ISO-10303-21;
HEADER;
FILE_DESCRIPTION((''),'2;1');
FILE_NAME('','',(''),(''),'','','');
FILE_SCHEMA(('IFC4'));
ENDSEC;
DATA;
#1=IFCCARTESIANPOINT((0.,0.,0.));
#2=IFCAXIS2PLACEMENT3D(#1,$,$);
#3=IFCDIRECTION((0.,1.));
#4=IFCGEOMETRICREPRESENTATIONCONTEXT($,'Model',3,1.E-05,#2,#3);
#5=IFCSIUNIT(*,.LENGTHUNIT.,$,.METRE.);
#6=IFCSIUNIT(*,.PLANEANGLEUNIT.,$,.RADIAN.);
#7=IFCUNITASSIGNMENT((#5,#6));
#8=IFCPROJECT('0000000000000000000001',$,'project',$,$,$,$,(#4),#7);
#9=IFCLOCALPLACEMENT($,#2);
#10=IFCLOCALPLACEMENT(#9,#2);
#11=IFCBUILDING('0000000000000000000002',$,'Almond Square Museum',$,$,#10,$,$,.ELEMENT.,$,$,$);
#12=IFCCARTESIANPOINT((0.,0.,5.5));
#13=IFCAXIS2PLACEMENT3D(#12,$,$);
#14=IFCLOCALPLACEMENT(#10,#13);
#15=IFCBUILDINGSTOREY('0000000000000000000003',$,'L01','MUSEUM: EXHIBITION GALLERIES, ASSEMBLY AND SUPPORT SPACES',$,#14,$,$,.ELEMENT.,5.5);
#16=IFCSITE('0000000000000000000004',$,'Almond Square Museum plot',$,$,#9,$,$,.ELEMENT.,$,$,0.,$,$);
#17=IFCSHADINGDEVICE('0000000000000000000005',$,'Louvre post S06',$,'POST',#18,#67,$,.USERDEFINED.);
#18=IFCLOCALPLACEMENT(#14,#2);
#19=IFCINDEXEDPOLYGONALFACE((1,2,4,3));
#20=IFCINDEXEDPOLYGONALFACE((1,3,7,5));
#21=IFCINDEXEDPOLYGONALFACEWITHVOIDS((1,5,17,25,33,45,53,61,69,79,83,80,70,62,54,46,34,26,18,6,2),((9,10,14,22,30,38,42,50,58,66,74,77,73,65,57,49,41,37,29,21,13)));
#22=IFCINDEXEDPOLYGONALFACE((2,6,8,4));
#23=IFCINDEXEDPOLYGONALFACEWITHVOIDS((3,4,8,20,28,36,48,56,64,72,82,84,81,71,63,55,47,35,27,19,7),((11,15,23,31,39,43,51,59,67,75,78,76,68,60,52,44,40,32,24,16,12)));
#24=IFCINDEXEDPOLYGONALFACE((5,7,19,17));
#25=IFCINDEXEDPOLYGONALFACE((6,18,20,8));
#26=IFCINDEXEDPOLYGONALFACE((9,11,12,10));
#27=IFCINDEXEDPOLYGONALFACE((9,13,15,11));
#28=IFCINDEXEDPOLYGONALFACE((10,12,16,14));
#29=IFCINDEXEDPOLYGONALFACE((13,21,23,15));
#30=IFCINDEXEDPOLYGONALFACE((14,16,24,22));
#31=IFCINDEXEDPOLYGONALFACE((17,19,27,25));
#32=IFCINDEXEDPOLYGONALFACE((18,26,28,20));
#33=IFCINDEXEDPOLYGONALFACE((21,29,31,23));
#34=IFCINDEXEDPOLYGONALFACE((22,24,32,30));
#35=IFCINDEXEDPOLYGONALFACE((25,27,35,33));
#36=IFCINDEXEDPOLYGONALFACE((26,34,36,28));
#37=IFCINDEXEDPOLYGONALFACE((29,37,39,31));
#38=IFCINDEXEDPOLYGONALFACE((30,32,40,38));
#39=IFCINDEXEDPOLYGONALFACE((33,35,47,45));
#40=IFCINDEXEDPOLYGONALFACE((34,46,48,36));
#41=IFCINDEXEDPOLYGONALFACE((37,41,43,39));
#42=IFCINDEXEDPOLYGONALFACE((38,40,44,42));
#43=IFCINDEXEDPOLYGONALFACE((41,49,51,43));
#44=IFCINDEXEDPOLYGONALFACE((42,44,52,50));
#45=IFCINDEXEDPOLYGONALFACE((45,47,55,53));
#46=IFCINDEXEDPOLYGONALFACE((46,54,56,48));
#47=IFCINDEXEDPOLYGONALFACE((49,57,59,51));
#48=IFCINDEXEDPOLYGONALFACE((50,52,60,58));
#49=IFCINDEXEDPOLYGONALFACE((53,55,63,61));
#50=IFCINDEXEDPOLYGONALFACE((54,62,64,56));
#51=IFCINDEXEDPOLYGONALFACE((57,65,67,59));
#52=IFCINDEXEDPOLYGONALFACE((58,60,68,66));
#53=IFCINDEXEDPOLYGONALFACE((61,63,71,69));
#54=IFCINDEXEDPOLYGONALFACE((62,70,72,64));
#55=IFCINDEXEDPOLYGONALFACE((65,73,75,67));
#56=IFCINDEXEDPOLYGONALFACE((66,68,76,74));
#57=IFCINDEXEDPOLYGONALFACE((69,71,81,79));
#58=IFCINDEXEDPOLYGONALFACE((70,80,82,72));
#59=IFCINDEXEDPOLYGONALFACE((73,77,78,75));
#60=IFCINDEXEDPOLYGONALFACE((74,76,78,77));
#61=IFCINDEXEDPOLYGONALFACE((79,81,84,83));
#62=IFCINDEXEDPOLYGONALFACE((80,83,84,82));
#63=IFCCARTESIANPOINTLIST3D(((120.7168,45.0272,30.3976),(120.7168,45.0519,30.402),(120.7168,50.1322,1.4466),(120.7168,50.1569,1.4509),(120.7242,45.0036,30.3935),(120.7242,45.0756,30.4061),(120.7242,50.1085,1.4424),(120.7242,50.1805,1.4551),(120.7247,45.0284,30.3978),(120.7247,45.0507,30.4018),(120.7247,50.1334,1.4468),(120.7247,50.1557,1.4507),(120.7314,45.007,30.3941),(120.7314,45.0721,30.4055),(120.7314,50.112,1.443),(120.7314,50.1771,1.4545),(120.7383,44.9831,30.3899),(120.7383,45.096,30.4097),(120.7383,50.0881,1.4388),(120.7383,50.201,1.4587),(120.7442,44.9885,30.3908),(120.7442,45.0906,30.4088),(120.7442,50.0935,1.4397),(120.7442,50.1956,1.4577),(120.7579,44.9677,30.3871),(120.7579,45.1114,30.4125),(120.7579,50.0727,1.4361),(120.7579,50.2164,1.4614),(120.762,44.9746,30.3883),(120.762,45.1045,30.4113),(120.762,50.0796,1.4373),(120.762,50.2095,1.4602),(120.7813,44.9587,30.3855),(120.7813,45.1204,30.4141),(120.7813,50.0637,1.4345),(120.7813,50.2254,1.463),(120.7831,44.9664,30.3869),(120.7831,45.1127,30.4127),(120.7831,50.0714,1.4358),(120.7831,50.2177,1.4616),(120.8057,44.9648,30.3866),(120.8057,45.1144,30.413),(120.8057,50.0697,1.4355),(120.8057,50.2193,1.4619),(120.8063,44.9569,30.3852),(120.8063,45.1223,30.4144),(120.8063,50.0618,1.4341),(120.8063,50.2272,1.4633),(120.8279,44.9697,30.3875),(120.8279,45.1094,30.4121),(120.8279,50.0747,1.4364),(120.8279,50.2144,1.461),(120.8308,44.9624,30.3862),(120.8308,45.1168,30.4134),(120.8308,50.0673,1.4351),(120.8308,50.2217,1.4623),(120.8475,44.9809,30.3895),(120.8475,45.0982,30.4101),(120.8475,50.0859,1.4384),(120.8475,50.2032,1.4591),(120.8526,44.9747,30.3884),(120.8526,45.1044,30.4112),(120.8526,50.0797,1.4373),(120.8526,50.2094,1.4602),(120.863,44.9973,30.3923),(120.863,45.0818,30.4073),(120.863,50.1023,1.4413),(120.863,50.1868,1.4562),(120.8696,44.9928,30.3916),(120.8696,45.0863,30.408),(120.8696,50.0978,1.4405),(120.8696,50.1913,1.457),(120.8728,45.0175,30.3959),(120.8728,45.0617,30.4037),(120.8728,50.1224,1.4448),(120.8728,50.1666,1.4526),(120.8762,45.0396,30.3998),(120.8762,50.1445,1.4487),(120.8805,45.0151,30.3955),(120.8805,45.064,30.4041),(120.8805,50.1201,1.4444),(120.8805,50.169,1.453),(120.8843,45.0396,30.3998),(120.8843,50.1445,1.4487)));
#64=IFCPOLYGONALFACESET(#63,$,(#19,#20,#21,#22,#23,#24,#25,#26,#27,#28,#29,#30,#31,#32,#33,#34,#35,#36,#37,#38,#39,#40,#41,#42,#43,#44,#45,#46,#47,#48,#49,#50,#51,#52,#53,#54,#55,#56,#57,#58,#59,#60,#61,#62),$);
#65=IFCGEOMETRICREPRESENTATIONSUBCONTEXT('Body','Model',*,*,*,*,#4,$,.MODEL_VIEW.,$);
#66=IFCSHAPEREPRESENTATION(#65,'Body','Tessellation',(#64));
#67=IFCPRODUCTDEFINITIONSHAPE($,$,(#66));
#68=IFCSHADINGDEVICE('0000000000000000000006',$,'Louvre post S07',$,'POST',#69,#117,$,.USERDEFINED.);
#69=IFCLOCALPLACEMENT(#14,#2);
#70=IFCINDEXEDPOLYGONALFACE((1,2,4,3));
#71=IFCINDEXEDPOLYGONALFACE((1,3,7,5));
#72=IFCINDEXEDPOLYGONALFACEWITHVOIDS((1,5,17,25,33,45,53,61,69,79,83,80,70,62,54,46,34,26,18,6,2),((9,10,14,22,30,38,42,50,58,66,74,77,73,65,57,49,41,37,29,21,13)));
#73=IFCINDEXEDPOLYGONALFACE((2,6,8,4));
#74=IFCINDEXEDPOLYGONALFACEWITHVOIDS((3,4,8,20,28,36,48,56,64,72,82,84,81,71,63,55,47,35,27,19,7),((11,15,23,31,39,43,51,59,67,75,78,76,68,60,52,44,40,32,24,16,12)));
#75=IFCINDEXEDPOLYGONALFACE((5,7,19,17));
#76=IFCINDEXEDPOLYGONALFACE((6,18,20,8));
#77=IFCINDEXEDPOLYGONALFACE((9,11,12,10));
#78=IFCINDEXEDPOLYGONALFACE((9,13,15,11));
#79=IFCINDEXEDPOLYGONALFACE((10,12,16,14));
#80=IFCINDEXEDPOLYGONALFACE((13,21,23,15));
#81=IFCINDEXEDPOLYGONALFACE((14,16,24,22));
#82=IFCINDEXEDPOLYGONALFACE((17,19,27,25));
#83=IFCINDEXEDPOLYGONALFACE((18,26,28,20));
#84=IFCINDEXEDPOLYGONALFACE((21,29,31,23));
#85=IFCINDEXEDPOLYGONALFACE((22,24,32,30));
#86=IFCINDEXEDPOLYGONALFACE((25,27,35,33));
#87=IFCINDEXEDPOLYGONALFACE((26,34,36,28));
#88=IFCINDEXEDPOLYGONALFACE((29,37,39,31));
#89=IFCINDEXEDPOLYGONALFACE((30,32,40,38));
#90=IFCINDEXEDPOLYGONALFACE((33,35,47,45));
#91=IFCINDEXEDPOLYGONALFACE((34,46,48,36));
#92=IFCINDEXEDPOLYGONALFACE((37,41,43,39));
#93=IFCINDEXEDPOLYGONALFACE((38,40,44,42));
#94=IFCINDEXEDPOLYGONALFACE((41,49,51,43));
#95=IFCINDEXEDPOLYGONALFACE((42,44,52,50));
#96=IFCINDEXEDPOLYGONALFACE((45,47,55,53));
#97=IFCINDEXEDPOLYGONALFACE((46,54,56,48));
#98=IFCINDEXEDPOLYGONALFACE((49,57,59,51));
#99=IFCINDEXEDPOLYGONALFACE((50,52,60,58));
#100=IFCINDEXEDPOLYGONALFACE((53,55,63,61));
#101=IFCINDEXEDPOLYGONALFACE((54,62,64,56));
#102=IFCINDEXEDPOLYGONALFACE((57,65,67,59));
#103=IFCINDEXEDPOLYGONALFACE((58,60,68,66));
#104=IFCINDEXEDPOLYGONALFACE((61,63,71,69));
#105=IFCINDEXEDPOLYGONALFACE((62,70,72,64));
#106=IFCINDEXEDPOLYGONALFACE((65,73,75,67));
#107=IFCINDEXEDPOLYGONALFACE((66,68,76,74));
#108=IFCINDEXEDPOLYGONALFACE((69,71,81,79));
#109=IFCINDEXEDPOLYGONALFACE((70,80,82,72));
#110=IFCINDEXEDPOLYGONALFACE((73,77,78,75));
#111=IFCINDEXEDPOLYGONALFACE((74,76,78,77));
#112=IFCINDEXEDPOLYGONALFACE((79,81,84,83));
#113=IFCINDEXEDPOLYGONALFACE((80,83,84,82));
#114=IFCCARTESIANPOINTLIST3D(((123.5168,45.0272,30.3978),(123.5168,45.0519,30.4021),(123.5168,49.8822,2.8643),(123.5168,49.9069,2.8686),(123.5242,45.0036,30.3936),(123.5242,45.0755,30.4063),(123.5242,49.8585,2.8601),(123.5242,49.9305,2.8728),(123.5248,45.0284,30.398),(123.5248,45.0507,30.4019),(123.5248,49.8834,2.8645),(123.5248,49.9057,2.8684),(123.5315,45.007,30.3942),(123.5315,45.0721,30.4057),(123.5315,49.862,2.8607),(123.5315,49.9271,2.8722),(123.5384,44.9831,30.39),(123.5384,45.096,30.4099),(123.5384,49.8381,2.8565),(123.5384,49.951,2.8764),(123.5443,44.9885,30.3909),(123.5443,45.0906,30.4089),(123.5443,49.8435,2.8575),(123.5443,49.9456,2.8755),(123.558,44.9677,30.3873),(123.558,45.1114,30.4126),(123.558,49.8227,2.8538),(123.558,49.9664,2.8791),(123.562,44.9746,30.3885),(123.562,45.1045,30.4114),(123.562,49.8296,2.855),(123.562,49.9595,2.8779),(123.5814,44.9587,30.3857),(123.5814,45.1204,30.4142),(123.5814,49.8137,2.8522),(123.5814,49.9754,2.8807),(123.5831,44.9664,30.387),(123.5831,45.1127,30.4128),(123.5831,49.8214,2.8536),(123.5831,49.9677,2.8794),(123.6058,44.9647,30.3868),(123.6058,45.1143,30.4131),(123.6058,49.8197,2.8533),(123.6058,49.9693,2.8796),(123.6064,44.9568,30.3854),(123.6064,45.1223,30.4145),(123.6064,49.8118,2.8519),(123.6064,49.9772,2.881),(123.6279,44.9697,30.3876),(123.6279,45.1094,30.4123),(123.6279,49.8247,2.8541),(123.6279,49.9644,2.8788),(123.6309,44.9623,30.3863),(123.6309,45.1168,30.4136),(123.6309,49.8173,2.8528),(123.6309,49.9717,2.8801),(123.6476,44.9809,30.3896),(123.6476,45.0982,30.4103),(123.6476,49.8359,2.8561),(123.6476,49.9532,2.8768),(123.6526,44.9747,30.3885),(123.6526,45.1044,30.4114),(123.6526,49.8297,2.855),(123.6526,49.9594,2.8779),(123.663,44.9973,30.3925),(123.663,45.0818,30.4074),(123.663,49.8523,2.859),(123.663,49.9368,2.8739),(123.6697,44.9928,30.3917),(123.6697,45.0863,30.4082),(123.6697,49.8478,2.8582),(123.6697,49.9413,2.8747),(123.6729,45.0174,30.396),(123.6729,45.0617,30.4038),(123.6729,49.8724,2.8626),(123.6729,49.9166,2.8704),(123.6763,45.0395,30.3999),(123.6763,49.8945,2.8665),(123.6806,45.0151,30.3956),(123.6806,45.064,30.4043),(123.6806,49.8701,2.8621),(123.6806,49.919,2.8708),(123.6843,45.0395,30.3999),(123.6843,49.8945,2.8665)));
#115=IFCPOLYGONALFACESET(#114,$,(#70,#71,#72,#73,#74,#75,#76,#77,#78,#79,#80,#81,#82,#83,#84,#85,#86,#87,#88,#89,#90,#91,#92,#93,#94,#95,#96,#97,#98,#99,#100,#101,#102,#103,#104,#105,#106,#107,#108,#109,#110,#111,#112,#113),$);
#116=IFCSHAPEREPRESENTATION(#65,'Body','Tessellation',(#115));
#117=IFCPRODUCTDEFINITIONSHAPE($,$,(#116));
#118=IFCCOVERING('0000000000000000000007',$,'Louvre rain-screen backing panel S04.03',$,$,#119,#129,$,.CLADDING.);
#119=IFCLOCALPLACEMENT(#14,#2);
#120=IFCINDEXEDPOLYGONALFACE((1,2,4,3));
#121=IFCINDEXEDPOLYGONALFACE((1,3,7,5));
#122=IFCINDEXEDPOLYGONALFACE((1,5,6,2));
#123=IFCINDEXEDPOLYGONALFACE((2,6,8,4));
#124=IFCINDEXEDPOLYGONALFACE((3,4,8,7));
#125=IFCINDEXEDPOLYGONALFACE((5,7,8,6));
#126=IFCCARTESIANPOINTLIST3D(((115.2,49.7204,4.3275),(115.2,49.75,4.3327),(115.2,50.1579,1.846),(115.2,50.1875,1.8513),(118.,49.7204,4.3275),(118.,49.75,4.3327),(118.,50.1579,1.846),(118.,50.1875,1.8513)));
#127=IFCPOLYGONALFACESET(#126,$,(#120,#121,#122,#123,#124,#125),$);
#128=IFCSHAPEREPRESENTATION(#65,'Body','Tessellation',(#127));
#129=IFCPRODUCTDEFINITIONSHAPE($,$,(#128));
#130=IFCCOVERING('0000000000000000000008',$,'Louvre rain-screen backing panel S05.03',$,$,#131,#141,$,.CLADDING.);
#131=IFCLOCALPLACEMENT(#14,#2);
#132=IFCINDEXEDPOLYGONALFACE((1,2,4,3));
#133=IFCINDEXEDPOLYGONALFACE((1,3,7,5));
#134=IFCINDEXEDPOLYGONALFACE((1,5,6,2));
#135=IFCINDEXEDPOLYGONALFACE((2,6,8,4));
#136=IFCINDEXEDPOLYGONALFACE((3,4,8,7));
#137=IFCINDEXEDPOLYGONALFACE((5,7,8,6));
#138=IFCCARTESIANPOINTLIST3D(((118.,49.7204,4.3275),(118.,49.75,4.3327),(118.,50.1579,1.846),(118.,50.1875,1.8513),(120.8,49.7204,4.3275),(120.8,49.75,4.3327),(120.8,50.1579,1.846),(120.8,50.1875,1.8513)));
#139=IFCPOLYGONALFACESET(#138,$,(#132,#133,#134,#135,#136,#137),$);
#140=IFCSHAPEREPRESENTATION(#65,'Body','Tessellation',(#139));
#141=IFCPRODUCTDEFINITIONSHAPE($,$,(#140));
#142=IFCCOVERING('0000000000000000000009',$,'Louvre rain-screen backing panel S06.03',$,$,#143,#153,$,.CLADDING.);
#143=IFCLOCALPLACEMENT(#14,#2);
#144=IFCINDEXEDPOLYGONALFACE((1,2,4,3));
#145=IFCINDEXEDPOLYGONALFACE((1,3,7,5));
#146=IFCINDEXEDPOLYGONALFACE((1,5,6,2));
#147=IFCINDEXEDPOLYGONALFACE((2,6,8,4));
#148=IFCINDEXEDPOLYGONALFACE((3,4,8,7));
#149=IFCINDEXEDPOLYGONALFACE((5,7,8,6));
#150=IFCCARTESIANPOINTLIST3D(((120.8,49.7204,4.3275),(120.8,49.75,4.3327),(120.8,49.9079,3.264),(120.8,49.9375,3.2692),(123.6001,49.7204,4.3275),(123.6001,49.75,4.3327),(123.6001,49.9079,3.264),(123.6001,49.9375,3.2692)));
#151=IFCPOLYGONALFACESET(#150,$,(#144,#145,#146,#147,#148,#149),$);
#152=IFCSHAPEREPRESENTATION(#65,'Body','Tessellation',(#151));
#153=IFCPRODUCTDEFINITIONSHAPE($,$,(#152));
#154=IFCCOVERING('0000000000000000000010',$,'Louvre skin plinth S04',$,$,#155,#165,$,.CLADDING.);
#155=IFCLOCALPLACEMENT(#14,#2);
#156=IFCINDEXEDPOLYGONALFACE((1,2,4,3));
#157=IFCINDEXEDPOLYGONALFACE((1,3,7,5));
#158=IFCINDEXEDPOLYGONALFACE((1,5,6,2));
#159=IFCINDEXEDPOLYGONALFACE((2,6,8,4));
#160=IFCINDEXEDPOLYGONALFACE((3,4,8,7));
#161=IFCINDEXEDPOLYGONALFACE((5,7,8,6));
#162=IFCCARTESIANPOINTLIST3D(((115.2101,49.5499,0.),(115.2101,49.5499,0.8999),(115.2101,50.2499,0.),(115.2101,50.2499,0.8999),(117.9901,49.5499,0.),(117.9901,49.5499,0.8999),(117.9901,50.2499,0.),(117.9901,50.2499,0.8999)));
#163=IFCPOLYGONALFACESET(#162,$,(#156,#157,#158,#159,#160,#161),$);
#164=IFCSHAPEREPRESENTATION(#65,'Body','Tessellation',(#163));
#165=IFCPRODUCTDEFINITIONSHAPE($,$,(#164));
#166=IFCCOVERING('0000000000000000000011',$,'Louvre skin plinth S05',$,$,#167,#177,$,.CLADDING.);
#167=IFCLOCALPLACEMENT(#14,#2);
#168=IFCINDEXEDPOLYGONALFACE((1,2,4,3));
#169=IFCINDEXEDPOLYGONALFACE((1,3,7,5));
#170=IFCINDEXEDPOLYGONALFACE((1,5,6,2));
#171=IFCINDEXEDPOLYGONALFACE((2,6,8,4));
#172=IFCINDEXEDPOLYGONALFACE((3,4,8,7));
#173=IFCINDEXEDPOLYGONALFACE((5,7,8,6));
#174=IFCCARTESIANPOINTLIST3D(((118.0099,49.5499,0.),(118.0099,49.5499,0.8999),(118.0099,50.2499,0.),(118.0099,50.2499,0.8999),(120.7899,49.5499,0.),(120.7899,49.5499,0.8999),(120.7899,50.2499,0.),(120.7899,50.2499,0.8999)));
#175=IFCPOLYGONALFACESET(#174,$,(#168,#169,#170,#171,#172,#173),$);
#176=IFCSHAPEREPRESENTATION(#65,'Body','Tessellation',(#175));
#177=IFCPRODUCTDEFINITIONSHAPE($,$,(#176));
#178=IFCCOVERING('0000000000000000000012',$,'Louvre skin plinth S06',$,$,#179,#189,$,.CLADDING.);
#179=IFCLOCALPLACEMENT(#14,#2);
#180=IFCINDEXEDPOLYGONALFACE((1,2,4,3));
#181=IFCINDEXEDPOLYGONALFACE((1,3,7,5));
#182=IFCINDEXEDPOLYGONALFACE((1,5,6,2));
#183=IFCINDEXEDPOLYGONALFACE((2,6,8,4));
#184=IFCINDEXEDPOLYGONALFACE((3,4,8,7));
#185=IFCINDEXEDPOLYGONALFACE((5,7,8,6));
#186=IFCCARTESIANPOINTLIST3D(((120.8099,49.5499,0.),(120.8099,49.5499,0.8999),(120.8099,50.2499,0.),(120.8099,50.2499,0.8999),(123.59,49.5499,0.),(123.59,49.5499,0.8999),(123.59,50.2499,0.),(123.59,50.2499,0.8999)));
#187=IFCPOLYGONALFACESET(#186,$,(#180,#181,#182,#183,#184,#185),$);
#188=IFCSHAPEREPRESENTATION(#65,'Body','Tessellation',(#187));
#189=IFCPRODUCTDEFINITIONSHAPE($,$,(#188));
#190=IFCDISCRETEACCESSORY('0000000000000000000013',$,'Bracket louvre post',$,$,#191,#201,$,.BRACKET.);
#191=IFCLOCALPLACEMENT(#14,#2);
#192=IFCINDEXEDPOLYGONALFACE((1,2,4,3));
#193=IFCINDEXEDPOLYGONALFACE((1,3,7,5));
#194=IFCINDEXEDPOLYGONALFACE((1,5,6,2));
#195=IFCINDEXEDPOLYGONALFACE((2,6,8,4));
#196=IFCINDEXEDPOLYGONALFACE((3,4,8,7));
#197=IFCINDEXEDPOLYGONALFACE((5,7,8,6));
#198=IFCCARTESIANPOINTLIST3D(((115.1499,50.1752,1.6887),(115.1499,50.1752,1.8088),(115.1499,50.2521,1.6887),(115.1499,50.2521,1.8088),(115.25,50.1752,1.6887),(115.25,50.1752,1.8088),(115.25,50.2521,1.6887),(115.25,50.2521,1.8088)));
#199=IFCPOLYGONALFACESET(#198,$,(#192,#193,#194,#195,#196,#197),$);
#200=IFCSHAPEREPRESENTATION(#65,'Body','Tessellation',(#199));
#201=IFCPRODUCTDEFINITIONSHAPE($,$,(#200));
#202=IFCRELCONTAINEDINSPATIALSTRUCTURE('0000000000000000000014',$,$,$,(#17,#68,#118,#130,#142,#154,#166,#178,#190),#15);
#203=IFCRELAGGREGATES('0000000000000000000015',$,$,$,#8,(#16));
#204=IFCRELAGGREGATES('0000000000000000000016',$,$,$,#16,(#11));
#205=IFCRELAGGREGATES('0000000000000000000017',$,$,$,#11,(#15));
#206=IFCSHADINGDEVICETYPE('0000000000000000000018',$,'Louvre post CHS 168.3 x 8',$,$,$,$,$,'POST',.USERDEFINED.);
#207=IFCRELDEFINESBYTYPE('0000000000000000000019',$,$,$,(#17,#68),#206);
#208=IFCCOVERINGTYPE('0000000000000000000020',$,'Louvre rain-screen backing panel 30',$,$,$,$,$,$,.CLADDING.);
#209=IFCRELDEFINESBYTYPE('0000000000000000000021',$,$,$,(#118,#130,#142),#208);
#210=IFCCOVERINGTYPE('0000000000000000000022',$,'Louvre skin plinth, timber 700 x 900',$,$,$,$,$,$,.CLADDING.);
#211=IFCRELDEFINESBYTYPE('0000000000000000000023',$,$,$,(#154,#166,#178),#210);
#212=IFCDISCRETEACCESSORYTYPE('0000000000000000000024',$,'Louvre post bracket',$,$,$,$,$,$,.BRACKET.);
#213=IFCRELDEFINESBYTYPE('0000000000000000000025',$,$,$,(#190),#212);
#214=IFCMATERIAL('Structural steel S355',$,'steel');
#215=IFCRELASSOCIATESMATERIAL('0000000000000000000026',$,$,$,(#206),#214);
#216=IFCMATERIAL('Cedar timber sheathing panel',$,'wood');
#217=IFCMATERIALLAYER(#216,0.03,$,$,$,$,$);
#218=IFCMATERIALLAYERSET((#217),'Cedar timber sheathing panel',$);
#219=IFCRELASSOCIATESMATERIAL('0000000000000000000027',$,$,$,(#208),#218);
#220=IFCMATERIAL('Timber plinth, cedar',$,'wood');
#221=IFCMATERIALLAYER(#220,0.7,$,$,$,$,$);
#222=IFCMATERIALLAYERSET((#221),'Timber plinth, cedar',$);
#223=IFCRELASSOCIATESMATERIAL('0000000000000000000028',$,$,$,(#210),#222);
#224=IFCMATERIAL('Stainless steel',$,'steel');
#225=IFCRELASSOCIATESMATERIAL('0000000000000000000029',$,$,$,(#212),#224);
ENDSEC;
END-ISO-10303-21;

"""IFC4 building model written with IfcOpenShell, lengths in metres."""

from ifc_helpers import new_model, si_unit, direction, frame, origin, origin_2d, place, context, subcontext, project, spatial, polyline, rectangle, hollow_circle, outline, extrude, material, layer, layer_set, material_profile, profile_set, type_object, element, save


model = new_model("IFC4")

# Units and contexts
model_context = context("Model", 3, precision=1e-05, world=origin(), true_north=direction((0.0, 1.0)))
body_context = subcontext(model_context, "Body", "Model", "MODEL_VIEW")
ifc_project = project(units=[si_unit("LENGTHUNIT", "METRE"), si_unit("PLANEANGLEUNIT", "RADIAN")], contexts=[model_context])

# Site, building, storey
site_placement = place(None, origin())
site = spatial("IfcSite", under=ifc_project, at=site_placement, Name="Almond Square Museum plot", CompositionType="ELEMENT", RefElevation=0.0)
building_placement = place(site_placement, origin())
building = spatial("IfcBuilding", under=site, at=building_placement, Name="Almond Square Museum", CompositionType="ELEMENT")
storey_placement = place(building_placement, frame((0.0, 0.0, 5.5)))
storey = spatial("IfcBuildingStorey", under=building, at=storey_placement, Name="L01", Description="MUSEUM: EXHIBITION GALLERIES, ASSEMBLY AND SUPPORT SPACES", CompositionType="ELEMENT", Elevation=5.5)

# Shading devices
ifc_material_1 = material(Name="Structural steel S355", Category="steel")
ifc_material_profile_1 = material_profile(ifc_material_1, hollow_circle(Radius=0.0842, WallThickness=0.0081, at=origin_2d()))
ifc_profile_set_1 = profile_set([ifc_material_profile_1], Name="Structural steel S355")
shading_device_type = type_object("IfcShadingDeviceType", Name="Louvre post CHS 168.3 x 8", ElementType="POST", PredefinedType="USERDEFINED", material=ifc_profile_set_1)
for number, where, z_axis, x_axis, name in (
    (1, (120.8, 50.1445, 1.4487), (0.0, -0.173652, 0.984807), (1.0, 0.0, 0.0), "Louvre post S06"),
):
    element("IfcShadingDevice", number, at=place(storey_placement, frame(where, z_axis=z_axis, x_axis=x_axis)), inside=storey, type_object=shading_device_type, Name=name, ObjectType="POST", PredefinedType="USERDEFINED", context=body_context, shape_type="SweptSolid", body=[
        extrude(hollow_circle(Radius=0.0842, WallThickness=0.0081, at=origin_2d()), origin(), (0.0, 0.0, 1.0), 29.3977),
    ])
shading_device_placement = place(storey_placement, frame((123.6001, 49.8945, 2.8665), z_axis=(0.0, -0.173651, 0.984807), x_axis=(1.0, 0.0, 0.0)))
element("IfcShadingDevice", 2, at=shading_device_placement, inside=storey, type_object=shading_device_type, Name="Louvre post S07", ObjectType="POST", PredefinedType="USERDEFINED", context=body_context, shape_type="SweptSolid", body=[
    extrude(hollow_circle(Radius=0.0842, WallThickness=0.0081, at=origin_2d()), origin(), (0.0, 0.0, 1.0), 27.9583),
])

# Coverings
ifc_material_2 = material(Name="Cedar timber sheathing panel", Category="wood")
ifc_layer_1 = layer(ifc_material_2, 0.03)
ifc_layer_set_1 = layer_set([ifc_layer_1], Name="Cedar timber sheathing panel")
covering_type_1 = type_object("IfcCoveringType", Name="Louvre rain-screen backing panel 30", PredefinedType="CLADDING", material=ifc_layer_set_1)
for number, where, z_axis, x_axis, name in (
    (3, (115.2, 50.1726, 1.8486), (0.0, -0.984811, -0.173631), (1.0, 0.0, 0.0), "Louvre rain-screen backing panel S04.03"),
    (4, (118.0, 50.1726, 1.8486), (0.0, -0.984811, -0.173631), (1.0, 0.0, 0.0), "Louvre rain-screen backing panel S05.03"),
):
    element("IfcCovering", number, at=place(storey_placement, frame(where, z_axis=z_axis, x_axis=x_axis)), inside=storey, type_object=covering_type_1, Name=name, PredefinedType="CLADDING", context=body_context, shape_type="SweptSolid", body=[
        extrude(outline(polyline([(0.0, 0.0), (2.8, 0.0), (2.8, 2.5197), (0.0, 2.5197), (0.0, 0.0)])), frame((0.0, 0.0, -0.0151)), (0.0, 0.0, 1.0), 0.03),
    ])
covering_1_placement = place(storey_placement, frame((120.8, 49.9226, 3.2666), z_axis=(0.0, -0.984811, -0.173631), x_axis=(1.0, 0.0, 0.0)))
element("IfcCovering", 5, at=covering_1_placement, inside=storey, type_object=covering_type_1, Name="Louvre rain-screen backing panel S06.03", PredefinedType="CLADDING", context=body_context, shape_type="SweptSolid", body=[
    extrude(outline(polyline([(0.0, 0.0), (2.8, 0.0), (2.8, 1.0799), (0.0, 1.0799), (0.0, 0.0)])), frame((0.0, 0.0, -0.0151)), (0.0, 0.0, 1.0), 0.03),
])
ifc_material_3 = material(Name="Timber plinth, cedar", Category="wood")
ifc_layer_2 = layer(ifc_material_3, 0.7)
ifc_layer_set_2 = layer_set([ifc_layer_2], Name="Timber plinth, cedar")
covering_type_2 = type_object("IfcCoveringType", Name="Louvre skin plinth, timber 700 x 900", PredefinedType="CLADDING", material=ifc_layer_set_2)
for number, where, z_axis, x_axis, name in (
    (6, (116.6001, 49.8999, 0.0), (0.0, 0.0, 1.0), (1.0, 0.0, 0.0), "Louvre skin plinth S04"),
    (7, (119.3999, 49.8999, 0.0), (0.0, 0.0, 1.0), (1.0, 0.0, 0.0), "Louvre skin plinth S05"),
    (8, (122.2, 49.8999, 0.0), (0.0, 0.0, 1.0), (1.0, 0.0, 0.0), "Louvre skin plinth S06"),
):
    element("IfcCovering", number, at=place(storey_placement, frame(where, z_axis=z_axis, x_axis=x_axis)), inside=storey, type_object=covering_type_2, Name=name, PredefinedType="CLADDING", context=body_context, shape_type="SweptSolid", body=[
        extrude(rectangle(XDim=2.78, YDim=0.7, at=origin_2d()), origin(), (0.0, 0.0, 1.0), 0.8999),
    ])

# Discrete accessory
ifc_material_4 = material(Name="Stainless steel", Category="steel")
discrete_accessory_type = type_object("IfcDiscreteAccessoryType", Name="Louvre post bracket", PredefinedType="BRACKET", material=ifc_material_4)
discrete_accessory_1_placement = place(storey_placement, frame((115.2, 50.2136, 1.6887), z_axis=(0.0, 0.0, 1.0), x_axis=(1.0, 0.0, 0.0)))
element("IfcDiscreteAccessory", 9, at=discrete_accessory_1_placement, inside=storey, type_object=discrete_accessory_type, Name="Bracket louvre post", PredefinedType="BRACKET", context=body_context, shape_type="SweptSolid", body=[
    extrude(rectangle(XDim=0.1001, YDim=0.0769, at=origin_2d()), origin(), (0.0, 0.0, 1.0), 0.1201),
])

save(model, "model.ifc")
